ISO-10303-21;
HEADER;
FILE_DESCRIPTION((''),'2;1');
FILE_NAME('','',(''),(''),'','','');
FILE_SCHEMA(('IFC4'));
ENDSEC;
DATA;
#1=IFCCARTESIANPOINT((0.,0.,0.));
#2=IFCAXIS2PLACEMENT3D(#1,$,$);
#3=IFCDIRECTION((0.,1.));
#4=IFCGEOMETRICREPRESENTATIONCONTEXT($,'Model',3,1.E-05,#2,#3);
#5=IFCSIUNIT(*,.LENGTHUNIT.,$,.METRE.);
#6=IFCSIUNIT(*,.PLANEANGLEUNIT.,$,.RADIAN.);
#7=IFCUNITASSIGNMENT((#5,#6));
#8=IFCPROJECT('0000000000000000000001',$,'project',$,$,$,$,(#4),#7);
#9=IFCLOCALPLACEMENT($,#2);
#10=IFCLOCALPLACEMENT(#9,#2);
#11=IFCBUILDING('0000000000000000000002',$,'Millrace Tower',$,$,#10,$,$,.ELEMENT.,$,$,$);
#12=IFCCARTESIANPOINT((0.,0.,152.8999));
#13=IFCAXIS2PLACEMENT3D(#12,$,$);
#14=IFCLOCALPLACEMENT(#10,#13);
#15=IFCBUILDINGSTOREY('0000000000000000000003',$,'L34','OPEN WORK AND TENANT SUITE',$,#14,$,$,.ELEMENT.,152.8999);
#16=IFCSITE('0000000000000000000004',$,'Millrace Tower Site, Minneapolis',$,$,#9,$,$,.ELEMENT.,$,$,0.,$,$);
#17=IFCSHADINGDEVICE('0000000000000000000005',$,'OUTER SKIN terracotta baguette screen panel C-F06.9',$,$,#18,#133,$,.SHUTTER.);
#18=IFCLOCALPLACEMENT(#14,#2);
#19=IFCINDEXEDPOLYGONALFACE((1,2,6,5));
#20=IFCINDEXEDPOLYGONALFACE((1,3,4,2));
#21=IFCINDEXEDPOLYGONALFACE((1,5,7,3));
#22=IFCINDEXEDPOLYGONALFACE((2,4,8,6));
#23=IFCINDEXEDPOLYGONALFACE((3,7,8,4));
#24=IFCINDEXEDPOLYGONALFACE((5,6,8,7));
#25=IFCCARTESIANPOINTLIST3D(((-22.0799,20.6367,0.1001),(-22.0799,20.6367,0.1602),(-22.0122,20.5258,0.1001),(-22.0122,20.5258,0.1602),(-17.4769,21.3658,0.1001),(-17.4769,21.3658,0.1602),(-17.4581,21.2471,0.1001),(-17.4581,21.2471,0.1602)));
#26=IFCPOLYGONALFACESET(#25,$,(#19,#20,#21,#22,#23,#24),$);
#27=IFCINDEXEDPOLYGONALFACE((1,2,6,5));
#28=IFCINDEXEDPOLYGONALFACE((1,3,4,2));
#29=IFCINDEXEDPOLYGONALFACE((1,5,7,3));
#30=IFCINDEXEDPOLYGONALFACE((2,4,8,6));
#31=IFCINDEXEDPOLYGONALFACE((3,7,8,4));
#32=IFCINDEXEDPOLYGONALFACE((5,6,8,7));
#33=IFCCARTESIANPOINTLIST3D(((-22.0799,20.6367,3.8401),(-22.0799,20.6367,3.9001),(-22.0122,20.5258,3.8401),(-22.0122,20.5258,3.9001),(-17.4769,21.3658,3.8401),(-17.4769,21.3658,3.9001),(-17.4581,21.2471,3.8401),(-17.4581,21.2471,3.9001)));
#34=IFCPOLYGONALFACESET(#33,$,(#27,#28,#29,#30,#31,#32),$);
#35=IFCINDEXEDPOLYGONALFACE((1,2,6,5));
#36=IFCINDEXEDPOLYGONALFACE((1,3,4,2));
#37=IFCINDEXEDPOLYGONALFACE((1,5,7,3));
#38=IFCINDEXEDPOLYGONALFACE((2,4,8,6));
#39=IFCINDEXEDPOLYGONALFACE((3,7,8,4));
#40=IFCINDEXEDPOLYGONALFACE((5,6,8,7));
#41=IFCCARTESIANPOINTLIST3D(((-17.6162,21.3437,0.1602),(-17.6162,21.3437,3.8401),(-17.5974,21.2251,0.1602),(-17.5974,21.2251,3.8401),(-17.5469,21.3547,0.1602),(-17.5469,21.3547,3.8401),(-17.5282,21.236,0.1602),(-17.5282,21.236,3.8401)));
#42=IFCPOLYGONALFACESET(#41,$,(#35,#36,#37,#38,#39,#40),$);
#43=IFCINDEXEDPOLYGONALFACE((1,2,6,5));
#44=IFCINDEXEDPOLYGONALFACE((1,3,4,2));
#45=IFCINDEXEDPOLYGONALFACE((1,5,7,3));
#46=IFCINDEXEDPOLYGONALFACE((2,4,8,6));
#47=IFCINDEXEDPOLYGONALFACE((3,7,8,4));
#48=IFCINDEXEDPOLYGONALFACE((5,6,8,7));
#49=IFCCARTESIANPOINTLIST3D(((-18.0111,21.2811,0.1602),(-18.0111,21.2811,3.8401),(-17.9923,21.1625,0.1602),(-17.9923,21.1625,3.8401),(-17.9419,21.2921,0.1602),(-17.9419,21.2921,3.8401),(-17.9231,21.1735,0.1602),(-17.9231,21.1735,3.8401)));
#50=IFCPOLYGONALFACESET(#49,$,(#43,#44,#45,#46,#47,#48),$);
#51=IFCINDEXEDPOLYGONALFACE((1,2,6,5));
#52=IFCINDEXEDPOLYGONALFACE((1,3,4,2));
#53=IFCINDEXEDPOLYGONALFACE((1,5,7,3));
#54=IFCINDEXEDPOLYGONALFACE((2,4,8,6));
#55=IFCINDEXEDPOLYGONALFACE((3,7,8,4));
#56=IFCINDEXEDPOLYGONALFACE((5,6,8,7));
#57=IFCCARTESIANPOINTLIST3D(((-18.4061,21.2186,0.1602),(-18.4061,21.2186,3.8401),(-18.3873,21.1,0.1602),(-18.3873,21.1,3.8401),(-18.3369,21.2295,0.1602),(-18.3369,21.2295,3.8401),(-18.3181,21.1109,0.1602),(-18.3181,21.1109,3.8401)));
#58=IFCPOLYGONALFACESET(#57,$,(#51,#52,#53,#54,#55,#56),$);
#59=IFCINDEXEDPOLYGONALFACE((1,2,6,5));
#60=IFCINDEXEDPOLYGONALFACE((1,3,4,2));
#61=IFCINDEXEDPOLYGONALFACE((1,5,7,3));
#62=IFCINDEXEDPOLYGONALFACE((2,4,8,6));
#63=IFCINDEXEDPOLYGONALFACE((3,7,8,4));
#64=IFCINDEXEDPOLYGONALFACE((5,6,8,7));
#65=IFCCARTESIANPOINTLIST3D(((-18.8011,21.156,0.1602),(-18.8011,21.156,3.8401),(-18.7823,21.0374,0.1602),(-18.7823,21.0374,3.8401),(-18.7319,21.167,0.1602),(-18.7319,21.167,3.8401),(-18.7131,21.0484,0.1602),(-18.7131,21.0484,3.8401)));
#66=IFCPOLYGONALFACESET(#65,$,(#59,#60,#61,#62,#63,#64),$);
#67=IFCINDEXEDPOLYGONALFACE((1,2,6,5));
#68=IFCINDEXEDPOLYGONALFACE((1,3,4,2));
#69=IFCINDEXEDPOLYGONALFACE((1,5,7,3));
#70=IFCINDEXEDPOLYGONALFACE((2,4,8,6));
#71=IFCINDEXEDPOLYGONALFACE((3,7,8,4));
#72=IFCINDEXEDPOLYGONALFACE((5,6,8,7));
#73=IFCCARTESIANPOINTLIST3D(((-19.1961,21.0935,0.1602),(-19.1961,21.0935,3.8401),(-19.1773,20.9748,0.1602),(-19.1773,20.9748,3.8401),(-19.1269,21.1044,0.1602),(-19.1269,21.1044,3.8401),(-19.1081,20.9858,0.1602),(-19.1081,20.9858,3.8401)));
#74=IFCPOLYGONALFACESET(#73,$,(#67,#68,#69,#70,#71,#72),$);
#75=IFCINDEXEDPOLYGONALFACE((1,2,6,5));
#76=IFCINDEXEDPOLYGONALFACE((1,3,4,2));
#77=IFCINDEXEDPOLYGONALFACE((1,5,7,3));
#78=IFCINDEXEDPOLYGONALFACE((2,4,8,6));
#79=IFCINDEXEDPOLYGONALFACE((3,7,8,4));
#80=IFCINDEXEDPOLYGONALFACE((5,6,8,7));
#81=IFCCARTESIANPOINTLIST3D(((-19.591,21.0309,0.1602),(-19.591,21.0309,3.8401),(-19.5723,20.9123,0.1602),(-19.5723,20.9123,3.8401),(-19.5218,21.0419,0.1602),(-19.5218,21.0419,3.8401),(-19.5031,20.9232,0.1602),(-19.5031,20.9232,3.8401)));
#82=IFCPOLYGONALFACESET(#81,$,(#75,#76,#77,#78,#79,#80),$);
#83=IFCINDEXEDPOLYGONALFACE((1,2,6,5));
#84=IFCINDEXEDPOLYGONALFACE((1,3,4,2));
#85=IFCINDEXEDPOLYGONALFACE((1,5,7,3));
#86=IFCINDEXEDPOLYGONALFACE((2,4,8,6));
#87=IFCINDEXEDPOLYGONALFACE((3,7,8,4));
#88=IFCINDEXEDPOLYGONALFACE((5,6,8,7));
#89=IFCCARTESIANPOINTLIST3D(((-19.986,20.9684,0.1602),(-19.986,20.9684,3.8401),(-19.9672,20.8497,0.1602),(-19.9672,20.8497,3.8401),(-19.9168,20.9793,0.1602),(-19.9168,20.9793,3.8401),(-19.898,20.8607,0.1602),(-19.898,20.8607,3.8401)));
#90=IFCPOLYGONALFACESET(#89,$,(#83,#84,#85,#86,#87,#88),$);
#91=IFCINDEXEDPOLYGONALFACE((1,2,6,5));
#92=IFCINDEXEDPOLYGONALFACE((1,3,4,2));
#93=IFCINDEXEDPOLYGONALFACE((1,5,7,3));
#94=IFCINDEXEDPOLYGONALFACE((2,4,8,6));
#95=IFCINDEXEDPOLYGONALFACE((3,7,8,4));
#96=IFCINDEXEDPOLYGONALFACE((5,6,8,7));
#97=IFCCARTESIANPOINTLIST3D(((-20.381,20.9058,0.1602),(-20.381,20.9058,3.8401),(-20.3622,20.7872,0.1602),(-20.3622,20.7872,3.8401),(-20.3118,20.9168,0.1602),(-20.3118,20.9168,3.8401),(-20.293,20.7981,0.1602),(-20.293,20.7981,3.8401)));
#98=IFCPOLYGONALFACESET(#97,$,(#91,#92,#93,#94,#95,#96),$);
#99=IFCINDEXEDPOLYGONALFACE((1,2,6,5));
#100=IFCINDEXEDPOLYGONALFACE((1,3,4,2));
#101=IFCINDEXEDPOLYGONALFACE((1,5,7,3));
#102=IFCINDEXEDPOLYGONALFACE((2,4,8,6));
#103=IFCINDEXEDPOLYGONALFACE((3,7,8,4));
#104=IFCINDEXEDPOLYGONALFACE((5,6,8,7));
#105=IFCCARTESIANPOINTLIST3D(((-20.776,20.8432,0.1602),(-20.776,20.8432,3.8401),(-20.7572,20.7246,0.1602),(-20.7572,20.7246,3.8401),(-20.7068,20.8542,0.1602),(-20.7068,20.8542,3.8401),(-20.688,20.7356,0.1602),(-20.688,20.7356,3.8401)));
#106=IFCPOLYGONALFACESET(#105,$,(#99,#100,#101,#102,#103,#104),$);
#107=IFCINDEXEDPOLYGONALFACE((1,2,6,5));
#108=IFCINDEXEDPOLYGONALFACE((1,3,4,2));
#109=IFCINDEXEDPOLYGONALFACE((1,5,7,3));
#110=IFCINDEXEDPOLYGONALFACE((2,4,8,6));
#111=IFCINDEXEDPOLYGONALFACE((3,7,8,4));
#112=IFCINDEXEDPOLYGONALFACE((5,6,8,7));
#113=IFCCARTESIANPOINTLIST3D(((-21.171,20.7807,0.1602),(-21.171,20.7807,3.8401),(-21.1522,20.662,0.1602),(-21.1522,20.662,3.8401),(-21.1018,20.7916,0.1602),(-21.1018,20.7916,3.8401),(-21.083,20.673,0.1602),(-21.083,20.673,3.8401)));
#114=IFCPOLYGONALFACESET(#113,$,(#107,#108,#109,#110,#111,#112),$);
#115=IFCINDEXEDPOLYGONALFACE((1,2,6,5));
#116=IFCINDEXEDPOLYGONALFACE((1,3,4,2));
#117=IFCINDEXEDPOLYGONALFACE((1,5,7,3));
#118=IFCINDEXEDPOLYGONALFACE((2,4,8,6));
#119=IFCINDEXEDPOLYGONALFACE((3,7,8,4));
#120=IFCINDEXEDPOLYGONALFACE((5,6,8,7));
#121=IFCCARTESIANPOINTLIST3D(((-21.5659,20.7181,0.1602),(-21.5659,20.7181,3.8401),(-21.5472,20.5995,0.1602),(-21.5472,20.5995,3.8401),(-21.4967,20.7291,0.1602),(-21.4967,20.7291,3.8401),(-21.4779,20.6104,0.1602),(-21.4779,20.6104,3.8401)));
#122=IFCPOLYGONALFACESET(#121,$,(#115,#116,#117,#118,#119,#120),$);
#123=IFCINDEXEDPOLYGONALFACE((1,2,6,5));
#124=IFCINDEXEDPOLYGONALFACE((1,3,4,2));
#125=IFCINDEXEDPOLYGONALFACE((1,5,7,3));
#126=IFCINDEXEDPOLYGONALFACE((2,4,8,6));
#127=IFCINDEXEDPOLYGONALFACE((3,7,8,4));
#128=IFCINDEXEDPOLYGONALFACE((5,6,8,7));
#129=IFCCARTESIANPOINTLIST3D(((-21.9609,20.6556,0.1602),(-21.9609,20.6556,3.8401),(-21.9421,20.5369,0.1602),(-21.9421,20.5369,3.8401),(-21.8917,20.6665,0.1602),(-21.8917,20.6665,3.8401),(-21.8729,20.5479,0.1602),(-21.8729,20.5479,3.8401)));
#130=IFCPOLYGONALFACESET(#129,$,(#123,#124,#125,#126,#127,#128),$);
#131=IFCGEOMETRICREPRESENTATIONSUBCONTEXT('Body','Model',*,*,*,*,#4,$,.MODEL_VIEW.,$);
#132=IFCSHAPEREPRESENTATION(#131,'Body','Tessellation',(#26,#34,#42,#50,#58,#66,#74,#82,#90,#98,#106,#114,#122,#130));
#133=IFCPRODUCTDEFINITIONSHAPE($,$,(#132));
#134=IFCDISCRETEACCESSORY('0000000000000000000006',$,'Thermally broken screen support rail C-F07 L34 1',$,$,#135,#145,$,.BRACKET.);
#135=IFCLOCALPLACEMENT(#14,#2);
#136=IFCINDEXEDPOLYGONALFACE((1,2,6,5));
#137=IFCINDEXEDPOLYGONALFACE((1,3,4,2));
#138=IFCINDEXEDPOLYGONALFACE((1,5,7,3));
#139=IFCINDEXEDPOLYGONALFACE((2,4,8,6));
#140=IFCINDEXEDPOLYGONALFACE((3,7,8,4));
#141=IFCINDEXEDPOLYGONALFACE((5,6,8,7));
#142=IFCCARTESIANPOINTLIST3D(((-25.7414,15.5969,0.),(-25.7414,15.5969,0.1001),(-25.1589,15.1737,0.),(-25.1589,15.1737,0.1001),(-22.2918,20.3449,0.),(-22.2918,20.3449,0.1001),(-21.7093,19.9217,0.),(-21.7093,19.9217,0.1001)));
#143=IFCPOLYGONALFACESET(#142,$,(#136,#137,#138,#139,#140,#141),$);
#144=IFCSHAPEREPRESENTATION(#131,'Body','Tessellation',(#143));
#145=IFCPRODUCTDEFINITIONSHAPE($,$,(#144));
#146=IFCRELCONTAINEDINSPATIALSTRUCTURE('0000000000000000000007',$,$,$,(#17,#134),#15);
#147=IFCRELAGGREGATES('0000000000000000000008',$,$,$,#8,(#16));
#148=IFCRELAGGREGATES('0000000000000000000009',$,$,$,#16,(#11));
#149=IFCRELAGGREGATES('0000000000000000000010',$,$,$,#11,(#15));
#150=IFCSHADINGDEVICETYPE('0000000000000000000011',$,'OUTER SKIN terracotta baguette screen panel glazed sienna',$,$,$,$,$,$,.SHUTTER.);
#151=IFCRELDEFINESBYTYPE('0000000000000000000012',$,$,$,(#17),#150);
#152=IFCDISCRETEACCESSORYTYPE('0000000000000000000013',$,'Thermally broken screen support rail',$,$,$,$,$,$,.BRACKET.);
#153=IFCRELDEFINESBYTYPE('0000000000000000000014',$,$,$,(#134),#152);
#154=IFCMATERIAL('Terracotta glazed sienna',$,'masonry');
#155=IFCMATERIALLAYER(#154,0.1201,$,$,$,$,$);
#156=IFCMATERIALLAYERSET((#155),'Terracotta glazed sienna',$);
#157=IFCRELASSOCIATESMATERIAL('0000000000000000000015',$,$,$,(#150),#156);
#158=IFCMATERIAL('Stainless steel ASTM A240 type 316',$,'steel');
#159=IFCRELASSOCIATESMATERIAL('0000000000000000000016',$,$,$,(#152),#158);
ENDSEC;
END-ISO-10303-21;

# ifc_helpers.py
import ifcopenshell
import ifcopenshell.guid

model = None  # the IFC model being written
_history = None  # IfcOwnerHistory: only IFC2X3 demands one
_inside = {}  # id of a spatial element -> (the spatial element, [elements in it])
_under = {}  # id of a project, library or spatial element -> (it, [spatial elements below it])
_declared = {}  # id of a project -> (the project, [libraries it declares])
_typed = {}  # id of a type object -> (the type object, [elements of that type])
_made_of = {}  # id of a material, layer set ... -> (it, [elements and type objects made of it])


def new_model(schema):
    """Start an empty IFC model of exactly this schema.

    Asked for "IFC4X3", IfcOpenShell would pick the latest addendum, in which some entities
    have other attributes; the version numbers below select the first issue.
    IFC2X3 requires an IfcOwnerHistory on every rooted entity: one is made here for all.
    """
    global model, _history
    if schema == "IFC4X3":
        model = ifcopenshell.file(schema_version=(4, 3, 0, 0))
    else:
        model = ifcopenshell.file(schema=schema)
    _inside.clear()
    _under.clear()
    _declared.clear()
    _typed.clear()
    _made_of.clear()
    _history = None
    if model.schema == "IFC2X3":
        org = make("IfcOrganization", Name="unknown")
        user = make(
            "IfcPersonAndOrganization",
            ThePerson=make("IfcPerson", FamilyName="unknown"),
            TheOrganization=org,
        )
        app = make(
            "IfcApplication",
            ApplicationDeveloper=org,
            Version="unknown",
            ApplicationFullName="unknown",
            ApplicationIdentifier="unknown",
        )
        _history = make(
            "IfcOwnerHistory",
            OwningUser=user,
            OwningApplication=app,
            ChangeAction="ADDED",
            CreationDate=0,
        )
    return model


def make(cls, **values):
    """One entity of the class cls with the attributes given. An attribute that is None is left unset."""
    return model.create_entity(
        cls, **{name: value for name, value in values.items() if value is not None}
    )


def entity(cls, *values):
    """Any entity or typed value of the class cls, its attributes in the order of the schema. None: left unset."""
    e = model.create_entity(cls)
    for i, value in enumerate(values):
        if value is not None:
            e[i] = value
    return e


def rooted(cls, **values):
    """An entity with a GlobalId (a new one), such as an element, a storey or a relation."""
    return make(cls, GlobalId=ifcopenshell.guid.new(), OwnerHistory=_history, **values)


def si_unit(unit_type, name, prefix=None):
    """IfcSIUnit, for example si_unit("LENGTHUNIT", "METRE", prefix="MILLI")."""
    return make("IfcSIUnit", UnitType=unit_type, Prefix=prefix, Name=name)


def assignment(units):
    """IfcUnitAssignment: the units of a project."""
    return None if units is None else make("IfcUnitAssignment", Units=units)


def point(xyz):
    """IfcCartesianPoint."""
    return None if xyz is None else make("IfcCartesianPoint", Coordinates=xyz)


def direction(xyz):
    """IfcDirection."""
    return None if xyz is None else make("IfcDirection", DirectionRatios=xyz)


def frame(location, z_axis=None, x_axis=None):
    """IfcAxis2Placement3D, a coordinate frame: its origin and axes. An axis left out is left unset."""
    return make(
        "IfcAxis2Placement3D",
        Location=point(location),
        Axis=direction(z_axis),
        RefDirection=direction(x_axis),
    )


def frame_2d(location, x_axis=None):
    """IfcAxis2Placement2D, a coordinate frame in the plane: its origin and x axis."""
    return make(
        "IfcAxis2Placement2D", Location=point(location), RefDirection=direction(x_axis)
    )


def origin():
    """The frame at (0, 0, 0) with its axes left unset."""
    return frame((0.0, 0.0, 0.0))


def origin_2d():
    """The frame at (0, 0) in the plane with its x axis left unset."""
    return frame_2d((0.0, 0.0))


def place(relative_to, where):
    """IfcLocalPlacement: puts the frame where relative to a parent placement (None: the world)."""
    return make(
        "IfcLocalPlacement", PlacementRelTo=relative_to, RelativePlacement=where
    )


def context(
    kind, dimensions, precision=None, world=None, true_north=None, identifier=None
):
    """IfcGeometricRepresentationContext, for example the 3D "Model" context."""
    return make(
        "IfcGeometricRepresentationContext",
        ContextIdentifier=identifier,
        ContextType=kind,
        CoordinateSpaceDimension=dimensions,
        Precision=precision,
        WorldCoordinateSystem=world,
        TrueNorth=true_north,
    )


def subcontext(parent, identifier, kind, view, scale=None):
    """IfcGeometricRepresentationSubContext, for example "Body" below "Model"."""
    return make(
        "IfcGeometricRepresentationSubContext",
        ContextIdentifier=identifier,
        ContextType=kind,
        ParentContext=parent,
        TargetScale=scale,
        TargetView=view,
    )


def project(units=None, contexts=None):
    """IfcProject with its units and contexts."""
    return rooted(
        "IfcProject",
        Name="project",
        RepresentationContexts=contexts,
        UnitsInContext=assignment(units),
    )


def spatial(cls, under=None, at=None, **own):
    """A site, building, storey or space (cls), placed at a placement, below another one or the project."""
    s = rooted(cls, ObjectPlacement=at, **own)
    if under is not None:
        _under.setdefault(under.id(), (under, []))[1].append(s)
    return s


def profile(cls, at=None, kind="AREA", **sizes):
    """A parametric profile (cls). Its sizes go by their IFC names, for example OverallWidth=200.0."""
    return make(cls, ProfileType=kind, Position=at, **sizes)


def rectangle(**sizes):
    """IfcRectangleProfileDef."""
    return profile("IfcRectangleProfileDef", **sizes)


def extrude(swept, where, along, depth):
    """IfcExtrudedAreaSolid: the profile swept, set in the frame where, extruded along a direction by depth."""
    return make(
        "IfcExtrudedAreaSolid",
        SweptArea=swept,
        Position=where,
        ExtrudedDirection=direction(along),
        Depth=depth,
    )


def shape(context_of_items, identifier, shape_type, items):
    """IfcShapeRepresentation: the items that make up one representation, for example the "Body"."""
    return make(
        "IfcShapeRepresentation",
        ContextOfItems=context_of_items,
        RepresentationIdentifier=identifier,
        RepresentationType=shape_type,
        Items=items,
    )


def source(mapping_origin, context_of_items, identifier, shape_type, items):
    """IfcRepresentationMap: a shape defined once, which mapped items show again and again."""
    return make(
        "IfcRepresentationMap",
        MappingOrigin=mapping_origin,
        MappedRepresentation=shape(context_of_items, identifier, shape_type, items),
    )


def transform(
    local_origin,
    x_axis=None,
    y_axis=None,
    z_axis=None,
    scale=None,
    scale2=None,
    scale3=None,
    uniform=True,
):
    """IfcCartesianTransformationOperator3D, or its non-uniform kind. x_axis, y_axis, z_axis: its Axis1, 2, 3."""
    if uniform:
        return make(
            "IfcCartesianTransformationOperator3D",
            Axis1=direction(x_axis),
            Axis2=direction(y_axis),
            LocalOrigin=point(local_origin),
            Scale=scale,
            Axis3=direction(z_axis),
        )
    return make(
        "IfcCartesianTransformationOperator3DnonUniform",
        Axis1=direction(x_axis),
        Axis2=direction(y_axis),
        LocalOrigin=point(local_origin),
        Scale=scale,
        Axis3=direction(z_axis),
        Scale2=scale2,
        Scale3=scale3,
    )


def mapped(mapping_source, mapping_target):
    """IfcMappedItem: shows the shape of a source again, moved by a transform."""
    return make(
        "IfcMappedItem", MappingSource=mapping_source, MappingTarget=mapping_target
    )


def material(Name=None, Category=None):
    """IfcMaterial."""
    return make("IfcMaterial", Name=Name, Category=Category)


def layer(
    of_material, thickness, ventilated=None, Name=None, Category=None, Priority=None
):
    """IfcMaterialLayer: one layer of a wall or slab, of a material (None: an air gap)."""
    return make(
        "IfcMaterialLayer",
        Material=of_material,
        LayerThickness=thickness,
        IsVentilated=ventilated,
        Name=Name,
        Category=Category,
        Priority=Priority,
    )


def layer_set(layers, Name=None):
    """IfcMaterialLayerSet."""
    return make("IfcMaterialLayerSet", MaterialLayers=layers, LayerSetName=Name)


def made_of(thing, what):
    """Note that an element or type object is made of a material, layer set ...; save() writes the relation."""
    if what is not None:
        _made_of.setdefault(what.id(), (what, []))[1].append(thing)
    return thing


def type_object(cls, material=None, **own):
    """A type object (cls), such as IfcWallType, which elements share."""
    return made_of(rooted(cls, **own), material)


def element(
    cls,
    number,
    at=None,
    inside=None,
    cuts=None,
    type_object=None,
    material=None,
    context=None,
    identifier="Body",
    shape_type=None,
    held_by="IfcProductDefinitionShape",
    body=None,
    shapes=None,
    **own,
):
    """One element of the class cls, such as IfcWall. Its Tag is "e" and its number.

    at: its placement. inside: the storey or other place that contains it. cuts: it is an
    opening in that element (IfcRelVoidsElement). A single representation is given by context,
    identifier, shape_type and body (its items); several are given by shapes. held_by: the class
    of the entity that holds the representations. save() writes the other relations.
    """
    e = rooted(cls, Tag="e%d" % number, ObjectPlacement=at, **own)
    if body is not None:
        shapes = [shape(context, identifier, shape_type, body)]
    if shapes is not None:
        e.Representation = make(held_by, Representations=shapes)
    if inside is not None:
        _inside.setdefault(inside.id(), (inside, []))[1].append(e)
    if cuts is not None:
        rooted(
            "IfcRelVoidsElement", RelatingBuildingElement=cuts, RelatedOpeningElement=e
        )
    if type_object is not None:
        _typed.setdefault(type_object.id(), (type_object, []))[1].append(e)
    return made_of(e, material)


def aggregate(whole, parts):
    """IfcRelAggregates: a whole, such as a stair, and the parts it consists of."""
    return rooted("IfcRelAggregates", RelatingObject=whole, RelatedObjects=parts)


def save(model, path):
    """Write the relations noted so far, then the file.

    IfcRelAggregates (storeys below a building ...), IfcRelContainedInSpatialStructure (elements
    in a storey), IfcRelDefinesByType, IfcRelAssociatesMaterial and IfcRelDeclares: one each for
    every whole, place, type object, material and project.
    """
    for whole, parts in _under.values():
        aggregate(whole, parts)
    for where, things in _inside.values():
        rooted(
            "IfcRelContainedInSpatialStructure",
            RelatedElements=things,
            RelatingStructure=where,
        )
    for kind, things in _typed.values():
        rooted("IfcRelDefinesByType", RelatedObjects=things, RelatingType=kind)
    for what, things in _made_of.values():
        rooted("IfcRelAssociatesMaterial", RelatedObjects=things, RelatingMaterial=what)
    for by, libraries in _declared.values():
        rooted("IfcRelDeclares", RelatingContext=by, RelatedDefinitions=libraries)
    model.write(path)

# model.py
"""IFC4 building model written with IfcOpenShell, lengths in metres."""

from ifc_helpers import new_model, entity, si_unit, direction, frame, frame_2d, origin, origin_2d, place, context, subcontext, project, spatial, rectangle, extrude, source, transform, mapped, material, layer, layer_set, type_object, element, save


model = new_model("IFC4")

# Units and contexts
model_context = context("Model", 3, precision=1e-05, world=origin(), true_north=direction((0.0, 1.0)))
body_context = subcontext(model_context, "Body", "Model", "MODEL_VIEW")
ifc_project = project(units=[si_unit("LENGTHUNIT", "METRE"), si_unit("PLANEANGLEUNIT", "RADIAN")], contexts=[model_context])

# Site, building, storey
site_placement = place(None, origin())
site = spatial("IfcSite", under=ifc_project, at=site_placement, Name="Millrace Tower Site, Minneapolis", CompositionType="ELEMENT", RefElevation=0.0)
building_placement = place(site_placement, origin())
building = spatial("IfcBuilding", under=site, at=building_placement, Name="Millrace Tower", CompositionType="ELEMENT")
storey_placement = place(building_placement, frame((0.0, 0.0, 152.8999)))
storey = spatial("IfcBuildingStorey", under=building, at=storey_placement, Name="L34", Description="OPEN WORK AND TENANT SUITE", CompositionType="ELEMENT", Elevation=152.8999)

# Shading device
ifc_material_1 = material(Name="Terracotta glazed sienna", Category="masonry")
ifc_layer_1 = layer(ifc_material_1, 0.1201)
ifc_layer_set_1 = layer_set([ifc_layer_1], Name="Terracotta glazed sienna")
shading_device_type = type_object("IfcShadingDeviceType", Name="OUTER SKIN terracotta baguette screen panel glazed sienna", PredefinedType="SHUTTER", material=ifc_layer_set_1)
cartesian_point_1 = entity("IfcCartesianPoint", [-2.3179, 0.0601])
shared_polyline_1 = entity("IfcPolyline", [cartesian_point_1, entity("IfcCartesianPoint", [2.293, 0.0601]), entity("IfcCartesianPoint", [2.3425, -0.0601]), entity("IfcCartesianPoint", [-2.3179, -0.0601]), cartesian_point_1])
shared_shape_1 = source(origin(), body_context, "Body", "SweptSolid", [
    entity("IfcExtrudedAreaSolid", entity("IfcArbitraryClosedProfileDef", "AREA", None, shared_polyline_1), entity("IfcAxis2Placement3D", entity("IfcCartesianPoint", [0.0, 0.0, 0.0])), entity("IfcDirection", [0.0, 0.0, 1.0]), 0.0601),
    entity("IfcExtrudedAreaSolid", entity("IfcArbitraryClosedProfileDef", "AREA", None, shared_polyline_1), entity("IfcAxis2Placement3D", entity("IfcCartesianPoint", [0.0, 0.0, 3.74])), entity("IfcDirection", [0.0, 0.0, 1.0]), 0.0601),
    extrude(rectangle(XDim=0.0701, YDim=0.1201, at=frame_2d((-2.2119, 0.0))), frame((0.0, 0.0, 0.0601)), (0.0, 0.0, 1.0), 3.6799),
    extrude(rectangle(XDim=0.0701, YDim=0.1201, at=frame_2d((-1.812, 0.0))), frame((0.0, 0.0, 0.0601)), (0.0, 0.0, 1.0), 3.6799),
    extrude(rectangle(XDim=0.0701, YDim=0.1201, at=frame_2d((-1.4121, 0.0))), frame((0.0, 0.0, 0.0601)), (0.0, 0.0, 1.0), 3.6799),
    extrude(rectangle(XDim=0.0701, YDim=0.1201, at=frame_2d((-1.0122, 0.0))), frame((0.0, 0.0, 0.0601)), (0.0, 0.0, 1.0), 3.6799),
    extrude(rectangle(XDim=0.0701, YDim=0.1201, at=frame_2d((-0.6123, 0.0))), frame((0.0, 0.0, 0.0601)), (0.0, 0.0, 1.0), 3.6799),
    extrude(rectangle(XDim=0.0701, YDim=0.1201, at=frame_2d((-0.2124, 0.0))), frame((0.0, 0.0, 0.0601)), (0.0, 0.0, 1.0), 3.6799),
    extrude(rectangle(XDim=0.0701, YDim=0.1201, at=frame_2d((0.1875, 0.0))), frame((0.0, 0.0, 0.0601)), (0.0, 0.0, 1.0), 3.6799),
    extrude(rectangle(XDim=0.0701, YDim=0.1201, at=frame_2d((0.5874, 0.0))), frame((0.0, 0.0, 0.0601)), (0.0, 0.0, 1.0), 3.6799),
    extrude(rectangle(XDim=0.0701, YDim=0.1201, at=frame_2d((0.9873, 0.0))), frame((0.0, 0.0, 0.0601)), (0.0, 0.0, 1.0), 3.6799),
    extrude(rectangle(XDim=0.0701, YDim=0.1201, at=frame_2d((1.3872, 0.0))), frame((0.0, 0.0, 0.0601)), (0.0, 0.0, 1.0), 3.6799),
    extrude(rectangle(XDim=0.0701, YDim=0.1201, at=frame_2d((1.7871, 0.0))), frame((0.0, 0.0, 0.0601)), (0.0, 0.0, 1.0), 3.6799),
    extrude(rectangle(XDim=0.0701, YDim=0.1201, at=frame_2d((2.187, 0.0))), frame((0.0, 0.0, 0.0601)), (0.0, 0.0, 1.0), 3.6799),
])
shading_device_1_placement = place(storey_placement, frame((-19.7568, 20.9438, 0.1001), z_axis=(0.0, 0.0, 1.0), x_axis=(-0.987688, -0.156434, 0.0)))
element("IfcShadingDevice", 1, at=shading_device_1_placement, inside=storey, type_object=shading_device_type, Name="OUTER SKIN terracotta baguette screen panel C-F06.9", PredefinedType="SHUTTER", context=body_context, shape_type="MappedRepresentation", body=[
    mapped(shared_shape_1, transform((0.0, 0.0, 0.0), scale=1.0)),
])

# Discrete accessory
ifc_material_2 = material(Name="Stainless steel ASTM A240 type 316", Category="steel")
discrete_accessory_type = type_object("IfcDiscreteAccessoryType", Name="Thermally broken screen support rail", PredefinedType="BRACKET", material=ifc_material_2)
discrete_accessory_placement = place(storey_placement, frame((-23.7253, 17.7593, 0.0), z_axis=(0.0, 0.0, 1.0), x_axis=(-0.587785, -0.809017, 0.0)))
element("IfcDiscreteAccessory", 2, at=discrete_accessory_placement, inside=storey, type_object=discrete_accessory_type, Name="Thermally broken screen support rail C-F07 L34 1", PredefinedType="BRACKET", context=body_context, shape_type="SweptSolid", body=[
    extrude(rectangle(XDim=5.8689, YDim=0.72, at=origin_2d()), origin(), (0.0, 0.0, 1.0), 0.1001),
])

save(model, "model.ifc")
